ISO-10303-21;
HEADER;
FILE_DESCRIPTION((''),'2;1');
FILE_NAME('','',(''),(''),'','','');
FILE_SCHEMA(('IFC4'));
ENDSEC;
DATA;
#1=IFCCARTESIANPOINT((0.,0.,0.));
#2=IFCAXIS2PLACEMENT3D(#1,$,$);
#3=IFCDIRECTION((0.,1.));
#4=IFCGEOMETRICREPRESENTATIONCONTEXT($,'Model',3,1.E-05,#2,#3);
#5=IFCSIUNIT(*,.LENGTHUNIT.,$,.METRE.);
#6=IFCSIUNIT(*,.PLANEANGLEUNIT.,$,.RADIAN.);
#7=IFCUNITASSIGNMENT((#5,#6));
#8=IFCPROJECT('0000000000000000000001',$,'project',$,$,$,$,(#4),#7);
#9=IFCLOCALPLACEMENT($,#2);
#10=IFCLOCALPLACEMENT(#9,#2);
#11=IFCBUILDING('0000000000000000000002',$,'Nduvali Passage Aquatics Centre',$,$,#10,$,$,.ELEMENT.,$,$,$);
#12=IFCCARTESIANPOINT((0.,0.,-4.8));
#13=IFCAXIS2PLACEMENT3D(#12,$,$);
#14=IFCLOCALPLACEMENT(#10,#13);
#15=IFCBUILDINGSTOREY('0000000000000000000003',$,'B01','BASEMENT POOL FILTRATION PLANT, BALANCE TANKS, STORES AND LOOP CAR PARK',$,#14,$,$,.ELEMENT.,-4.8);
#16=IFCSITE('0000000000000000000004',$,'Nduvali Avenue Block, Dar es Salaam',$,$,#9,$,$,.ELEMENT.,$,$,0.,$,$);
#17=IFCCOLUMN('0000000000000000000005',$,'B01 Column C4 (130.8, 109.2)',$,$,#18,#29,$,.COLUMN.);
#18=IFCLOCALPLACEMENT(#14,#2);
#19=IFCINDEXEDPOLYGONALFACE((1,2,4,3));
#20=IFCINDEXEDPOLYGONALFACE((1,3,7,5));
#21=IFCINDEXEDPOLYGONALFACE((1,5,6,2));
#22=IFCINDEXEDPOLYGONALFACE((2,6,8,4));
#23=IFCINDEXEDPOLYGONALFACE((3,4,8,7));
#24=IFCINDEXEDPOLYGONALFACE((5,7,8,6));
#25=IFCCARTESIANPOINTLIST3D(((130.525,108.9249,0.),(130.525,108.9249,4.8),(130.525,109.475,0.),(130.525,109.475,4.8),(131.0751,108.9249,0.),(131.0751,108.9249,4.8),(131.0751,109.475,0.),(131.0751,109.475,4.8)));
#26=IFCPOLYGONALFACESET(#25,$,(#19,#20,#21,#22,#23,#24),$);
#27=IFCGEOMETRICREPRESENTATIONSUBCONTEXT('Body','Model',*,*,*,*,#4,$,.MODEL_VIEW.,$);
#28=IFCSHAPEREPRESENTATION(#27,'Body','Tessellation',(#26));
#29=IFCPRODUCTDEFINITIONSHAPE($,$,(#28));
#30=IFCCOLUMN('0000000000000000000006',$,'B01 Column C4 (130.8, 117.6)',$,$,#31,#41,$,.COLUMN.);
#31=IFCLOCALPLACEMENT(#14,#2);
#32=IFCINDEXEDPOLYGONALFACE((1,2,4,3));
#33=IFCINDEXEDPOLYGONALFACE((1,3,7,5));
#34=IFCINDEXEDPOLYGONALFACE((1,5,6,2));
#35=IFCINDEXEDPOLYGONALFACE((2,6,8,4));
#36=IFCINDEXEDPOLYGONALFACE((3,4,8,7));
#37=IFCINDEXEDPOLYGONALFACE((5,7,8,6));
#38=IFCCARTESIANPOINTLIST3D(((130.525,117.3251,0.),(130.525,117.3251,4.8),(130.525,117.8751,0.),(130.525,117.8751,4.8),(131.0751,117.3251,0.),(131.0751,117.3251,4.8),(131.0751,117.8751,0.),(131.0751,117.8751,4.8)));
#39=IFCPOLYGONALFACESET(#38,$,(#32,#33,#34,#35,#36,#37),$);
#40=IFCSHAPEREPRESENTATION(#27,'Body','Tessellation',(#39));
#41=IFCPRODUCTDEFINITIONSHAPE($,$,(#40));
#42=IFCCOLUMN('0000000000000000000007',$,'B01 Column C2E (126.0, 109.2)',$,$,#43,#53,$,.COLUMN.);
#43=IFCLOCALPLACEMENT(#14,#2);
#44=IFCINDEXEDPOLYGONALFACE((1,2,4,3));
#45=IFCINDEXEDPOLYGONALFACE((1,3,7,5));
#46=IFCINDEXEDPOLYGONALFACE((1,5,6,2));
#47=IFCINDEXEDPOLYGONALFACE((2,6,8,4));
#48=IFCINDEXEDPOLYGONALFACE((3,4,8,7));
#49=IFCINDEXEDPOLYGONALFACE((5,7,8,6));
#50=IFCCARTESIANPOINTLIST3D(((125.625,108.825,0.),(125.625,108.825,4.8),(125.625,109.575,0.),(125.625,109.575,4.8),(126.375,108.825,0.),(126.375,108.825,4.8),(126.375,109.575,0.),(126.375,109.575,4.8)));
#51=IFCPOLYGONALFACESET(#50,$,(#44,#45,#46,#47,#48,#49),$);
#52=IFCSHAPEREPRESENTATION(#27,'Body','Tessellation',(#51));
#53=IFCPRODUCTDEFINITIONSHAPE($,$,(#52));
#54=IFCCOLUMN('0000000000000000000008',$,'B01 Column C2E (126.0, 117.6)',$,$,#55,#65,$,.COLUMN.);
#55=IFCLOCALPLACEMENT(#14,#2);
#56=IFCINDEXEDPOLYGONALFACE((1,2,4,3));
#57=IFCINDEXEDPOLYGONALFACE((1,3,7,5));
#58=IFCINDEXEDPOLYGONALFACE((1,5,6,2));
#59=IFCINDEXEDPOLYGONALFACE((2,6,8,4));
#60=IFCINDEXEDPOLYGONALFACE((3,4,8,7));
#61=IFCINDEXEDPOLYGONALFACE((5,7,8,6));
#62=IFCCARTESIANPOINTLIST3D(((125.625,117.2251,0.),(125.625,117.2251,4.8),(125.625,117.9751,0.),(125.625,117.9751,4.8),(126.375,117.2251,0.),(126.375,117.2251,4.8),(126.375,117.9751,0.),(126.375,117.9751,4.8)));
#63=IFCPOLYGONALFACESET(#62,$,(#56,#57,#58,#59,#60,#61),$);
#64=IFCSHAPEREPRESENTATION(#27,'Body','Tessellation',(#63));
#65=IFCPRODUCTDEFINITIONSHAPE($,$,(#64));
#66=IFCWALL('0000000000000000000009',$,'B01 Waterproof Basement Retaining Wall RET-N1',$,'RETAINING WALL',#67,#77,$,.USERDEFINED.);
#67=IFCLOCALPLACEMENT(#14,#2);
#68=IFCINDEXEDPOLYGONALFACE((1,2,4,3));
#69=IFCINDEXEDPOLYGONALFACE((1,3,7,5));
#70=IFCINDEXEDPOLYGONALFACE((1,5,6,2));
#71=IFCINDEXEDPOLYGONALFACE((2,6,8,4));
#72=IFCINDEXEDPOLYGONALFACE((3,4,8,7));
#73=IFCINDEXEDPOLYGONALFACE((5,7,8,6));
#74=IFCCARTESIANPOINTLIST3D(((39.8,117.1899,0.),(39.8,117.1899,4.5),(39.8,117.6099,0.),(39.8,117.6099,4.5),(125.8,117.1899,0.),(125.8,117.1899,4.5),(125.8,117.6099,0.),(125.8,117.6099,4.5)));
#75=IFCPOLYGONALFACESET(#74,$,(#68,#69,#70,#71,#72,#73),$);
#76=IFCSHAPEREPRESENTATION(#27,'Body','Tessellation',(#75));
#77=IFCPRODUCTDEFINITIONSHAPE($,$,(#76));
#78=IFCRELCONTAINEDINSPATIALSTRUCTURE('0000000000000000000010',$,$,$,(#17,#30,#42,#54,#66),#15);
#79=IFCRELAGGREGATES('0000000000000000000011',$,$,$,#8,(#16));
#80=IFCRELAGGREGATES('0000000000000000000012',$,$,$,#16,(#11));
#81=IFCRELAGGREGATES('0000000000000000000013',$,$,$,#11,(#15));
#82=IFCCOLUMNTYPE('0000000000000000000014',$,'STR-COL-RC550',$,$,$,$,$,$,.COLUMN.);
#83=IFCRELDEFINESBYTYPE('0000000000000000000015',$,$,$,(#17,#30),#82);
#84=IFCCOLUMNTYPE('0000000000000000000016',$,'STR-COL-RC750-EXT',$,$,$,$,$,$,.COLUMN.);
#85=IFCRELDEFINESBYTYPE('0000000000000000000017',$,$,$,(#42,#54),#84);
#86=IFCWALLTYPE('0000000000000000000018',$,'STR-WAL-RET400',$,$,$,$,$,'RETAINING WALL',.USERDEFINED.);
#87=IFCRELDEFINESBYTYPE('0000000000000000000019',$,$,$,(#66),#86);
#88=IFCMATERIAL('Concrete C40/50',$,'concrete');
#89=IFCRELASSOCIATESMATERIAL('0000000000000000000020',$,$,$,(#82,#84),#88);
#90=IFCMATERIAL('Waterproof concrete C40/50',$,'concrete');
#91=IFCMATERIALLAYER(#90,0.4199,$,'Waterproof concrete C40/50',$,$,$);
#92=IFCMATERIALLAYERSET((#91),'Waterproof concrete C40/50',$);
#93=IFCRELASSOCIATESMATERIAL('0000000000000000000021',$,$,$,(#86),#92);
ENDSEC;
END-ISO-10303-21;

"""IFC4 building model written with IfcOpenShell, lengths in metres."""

from ifc_helpers import new_model, si_unit, direction, frame, frame_2d, origin, origin_2d, place, context, subcontext, project, spatial, rectangle, extrude, material, layer, layer_set, material_profile, profile_set, type_object, element, save


model = new_model("IFC4")

# Units and contexts
model_context = context("Model", 3, precision=1e-05, world=origin(), true_north=direction((0.0, 1.0)))
body_context = subcontext(model_context, "Body", "Model", "MODEL_VIEW")
ifc_project = project(units=[si_unit("LENGTHUNIT", "METRE"), si_unit("PLANEANGLEUNIT", "RADIAN")], contexts=[model_context])

# Site, building, storey
site_placement = place(None, origin())
site = spatial("IfcSite", under=ifc_project, at=site_placement, Name="Nduvali Avenue Block, Dar es Salaam", CompositionType="ELEMENT", RefElevation=0.0)
building_placement = place(site_placement, origin())
building = spatial("IfcBuilding", under=site, at=building_placement, Name="Nduvali Passage Aquatics Centre", CompositionType="ELEMENT")
storey_placement = place(building_placement, frame((0.0, 0.0, -4.8)))
storey = spatial("IfcBuildingStorey", under=building, at=storey_placement, Name="B01", Description="BASEMENT POOL FILTRATION PLANT, BALANCE TANKS, STORES AND LOOP CAR PARK", CompositionType="ELEMENT", Elevation=-4.8)

# Shared definitions
ifc_material_1 = material(Name="Concrete C40/50", Category="concrete")

# Columns
ifc_material_profile_1 = material_profile(ifc_material_1, rectangle(XDim=0.55, YDim=0.55, at=origin_2d()), Name="RC 550x550")
ifc_profile_set_1 = profile_set([ifc_material_profile_1], Name="Concrete C40/50")
column_type_1 = type_object("IfcColumnType", Name="STR-COL-RC550", PredefinedType="COLUMN", material=ifc_profile_set_1)
for number, where, z_axis, x_axis, name in (
    (1, (130.8, 109.2, 0.0), (0.0, 0.0, 1.0), (1.0, 0.0, 0.0), "B01 Column C4 (130.8, 109.2)"),
    (2, (130.8, 117.6001, 0.0), (0.0, 0.0, 1.0), (1.0, 0.0, 0.0), "B01 Column C4 (130.8, 117.6)"),
):
    element("IfcColumn", number, at=place(storey_placement, frame(where, z_axis=z_axis, x_axis=x_axis)), inside=storey, type_object=column_type_1, Name=name, PredefinedType="COLUMN", context=body_context, shape_type="SweptSolid", body=[
        extrude(rectangle(XDim=0.55, YDim=0.55, at=origin_2d()), origin(), (0.0, 0.0, 1.0), 4.8),
    ])
ifc_material_profile_2 = material_profile(ifc_material_1, rectangle(XDim=0.75, YDim=0.75, at=origin_2d()), Name="RC 750x750")
ifc_profile_set_2 = profile_set([ifc_material_profile_2], Name="Concrete C40/50")
column_type_2 = type_object("IfcColumnType", Name="STR-COL-RC750-EXT", PredefinedType="COLUMN", material=ifc_profile_set_2)
for number, where, z_axis, x_axis, name in (
    (3, (126.0, 109.2, 0.0), (0.0, 0.0, 1.0), (1.0, 0.0, 0.0), "B01 Column C2E (126.0, 109.2)"),
    (4, (126.0, 117.6001, 0.0), (0.0, 0.0, 1.0), (1.0, 0.0, 0.0), "B01 Column C2E (126.0, 117.6)"),
):
    element("IfcColumn", number, at=place(storey_placement, frame(where, z_axis=z_axis, x_axis=x_axis)), inside=storey, type_object=column_type_2, Name=name, PredefinedType="COLUMN", context=body_context, shape_type="SweptSolid", body=[
        extrude(rectangle(XDim=0.75, YDim=0.75, at=origin_2d()), origin(), (0.0, 0.0, 1.0), 4.8),
    ])

# Wall
ifc_material_2 = material(Name="Waterproof concrete C40/50", Category="concrete")
ifc_layer = layer(ifc_material_2, 0.4199, Name="Waterproof concrete C40/50")
ifc_layer_set = layer_set([ifc_layer], Name="Waterproof concrete C40/50")
wall_type = type_object("IfcWallType", Name="STR-WAL-RET400", ElementType="RETAINING WALL", PredefinedType="USERDEFINED", material=ifc_layer_set)
wall_placement = place(storey_placement, frame((125.8, 117.3999, 0.0), z_axis=(0.0, 0.0, 1.0), x_axis=(-1.0, 0.0, 0.0)))
element("IfcWall", 5, at=wall_placement, inside=storey, type_object=wall_type, Name="B01 Waterproof Basement Retaining Wall RET-N1", ObjectType="RETAINING WALL", PredefinedType="USERDEFINED", context=body_context, shape_type="SweptSolid", body=[
    extrude(rectangle(XDim=86.0, YDim=0.4199, at=frame_2d((43.0, 0.0))), origin(), (0.0, 0.0, 1.0), 4.5),
])

save(model, "model.ifc")
